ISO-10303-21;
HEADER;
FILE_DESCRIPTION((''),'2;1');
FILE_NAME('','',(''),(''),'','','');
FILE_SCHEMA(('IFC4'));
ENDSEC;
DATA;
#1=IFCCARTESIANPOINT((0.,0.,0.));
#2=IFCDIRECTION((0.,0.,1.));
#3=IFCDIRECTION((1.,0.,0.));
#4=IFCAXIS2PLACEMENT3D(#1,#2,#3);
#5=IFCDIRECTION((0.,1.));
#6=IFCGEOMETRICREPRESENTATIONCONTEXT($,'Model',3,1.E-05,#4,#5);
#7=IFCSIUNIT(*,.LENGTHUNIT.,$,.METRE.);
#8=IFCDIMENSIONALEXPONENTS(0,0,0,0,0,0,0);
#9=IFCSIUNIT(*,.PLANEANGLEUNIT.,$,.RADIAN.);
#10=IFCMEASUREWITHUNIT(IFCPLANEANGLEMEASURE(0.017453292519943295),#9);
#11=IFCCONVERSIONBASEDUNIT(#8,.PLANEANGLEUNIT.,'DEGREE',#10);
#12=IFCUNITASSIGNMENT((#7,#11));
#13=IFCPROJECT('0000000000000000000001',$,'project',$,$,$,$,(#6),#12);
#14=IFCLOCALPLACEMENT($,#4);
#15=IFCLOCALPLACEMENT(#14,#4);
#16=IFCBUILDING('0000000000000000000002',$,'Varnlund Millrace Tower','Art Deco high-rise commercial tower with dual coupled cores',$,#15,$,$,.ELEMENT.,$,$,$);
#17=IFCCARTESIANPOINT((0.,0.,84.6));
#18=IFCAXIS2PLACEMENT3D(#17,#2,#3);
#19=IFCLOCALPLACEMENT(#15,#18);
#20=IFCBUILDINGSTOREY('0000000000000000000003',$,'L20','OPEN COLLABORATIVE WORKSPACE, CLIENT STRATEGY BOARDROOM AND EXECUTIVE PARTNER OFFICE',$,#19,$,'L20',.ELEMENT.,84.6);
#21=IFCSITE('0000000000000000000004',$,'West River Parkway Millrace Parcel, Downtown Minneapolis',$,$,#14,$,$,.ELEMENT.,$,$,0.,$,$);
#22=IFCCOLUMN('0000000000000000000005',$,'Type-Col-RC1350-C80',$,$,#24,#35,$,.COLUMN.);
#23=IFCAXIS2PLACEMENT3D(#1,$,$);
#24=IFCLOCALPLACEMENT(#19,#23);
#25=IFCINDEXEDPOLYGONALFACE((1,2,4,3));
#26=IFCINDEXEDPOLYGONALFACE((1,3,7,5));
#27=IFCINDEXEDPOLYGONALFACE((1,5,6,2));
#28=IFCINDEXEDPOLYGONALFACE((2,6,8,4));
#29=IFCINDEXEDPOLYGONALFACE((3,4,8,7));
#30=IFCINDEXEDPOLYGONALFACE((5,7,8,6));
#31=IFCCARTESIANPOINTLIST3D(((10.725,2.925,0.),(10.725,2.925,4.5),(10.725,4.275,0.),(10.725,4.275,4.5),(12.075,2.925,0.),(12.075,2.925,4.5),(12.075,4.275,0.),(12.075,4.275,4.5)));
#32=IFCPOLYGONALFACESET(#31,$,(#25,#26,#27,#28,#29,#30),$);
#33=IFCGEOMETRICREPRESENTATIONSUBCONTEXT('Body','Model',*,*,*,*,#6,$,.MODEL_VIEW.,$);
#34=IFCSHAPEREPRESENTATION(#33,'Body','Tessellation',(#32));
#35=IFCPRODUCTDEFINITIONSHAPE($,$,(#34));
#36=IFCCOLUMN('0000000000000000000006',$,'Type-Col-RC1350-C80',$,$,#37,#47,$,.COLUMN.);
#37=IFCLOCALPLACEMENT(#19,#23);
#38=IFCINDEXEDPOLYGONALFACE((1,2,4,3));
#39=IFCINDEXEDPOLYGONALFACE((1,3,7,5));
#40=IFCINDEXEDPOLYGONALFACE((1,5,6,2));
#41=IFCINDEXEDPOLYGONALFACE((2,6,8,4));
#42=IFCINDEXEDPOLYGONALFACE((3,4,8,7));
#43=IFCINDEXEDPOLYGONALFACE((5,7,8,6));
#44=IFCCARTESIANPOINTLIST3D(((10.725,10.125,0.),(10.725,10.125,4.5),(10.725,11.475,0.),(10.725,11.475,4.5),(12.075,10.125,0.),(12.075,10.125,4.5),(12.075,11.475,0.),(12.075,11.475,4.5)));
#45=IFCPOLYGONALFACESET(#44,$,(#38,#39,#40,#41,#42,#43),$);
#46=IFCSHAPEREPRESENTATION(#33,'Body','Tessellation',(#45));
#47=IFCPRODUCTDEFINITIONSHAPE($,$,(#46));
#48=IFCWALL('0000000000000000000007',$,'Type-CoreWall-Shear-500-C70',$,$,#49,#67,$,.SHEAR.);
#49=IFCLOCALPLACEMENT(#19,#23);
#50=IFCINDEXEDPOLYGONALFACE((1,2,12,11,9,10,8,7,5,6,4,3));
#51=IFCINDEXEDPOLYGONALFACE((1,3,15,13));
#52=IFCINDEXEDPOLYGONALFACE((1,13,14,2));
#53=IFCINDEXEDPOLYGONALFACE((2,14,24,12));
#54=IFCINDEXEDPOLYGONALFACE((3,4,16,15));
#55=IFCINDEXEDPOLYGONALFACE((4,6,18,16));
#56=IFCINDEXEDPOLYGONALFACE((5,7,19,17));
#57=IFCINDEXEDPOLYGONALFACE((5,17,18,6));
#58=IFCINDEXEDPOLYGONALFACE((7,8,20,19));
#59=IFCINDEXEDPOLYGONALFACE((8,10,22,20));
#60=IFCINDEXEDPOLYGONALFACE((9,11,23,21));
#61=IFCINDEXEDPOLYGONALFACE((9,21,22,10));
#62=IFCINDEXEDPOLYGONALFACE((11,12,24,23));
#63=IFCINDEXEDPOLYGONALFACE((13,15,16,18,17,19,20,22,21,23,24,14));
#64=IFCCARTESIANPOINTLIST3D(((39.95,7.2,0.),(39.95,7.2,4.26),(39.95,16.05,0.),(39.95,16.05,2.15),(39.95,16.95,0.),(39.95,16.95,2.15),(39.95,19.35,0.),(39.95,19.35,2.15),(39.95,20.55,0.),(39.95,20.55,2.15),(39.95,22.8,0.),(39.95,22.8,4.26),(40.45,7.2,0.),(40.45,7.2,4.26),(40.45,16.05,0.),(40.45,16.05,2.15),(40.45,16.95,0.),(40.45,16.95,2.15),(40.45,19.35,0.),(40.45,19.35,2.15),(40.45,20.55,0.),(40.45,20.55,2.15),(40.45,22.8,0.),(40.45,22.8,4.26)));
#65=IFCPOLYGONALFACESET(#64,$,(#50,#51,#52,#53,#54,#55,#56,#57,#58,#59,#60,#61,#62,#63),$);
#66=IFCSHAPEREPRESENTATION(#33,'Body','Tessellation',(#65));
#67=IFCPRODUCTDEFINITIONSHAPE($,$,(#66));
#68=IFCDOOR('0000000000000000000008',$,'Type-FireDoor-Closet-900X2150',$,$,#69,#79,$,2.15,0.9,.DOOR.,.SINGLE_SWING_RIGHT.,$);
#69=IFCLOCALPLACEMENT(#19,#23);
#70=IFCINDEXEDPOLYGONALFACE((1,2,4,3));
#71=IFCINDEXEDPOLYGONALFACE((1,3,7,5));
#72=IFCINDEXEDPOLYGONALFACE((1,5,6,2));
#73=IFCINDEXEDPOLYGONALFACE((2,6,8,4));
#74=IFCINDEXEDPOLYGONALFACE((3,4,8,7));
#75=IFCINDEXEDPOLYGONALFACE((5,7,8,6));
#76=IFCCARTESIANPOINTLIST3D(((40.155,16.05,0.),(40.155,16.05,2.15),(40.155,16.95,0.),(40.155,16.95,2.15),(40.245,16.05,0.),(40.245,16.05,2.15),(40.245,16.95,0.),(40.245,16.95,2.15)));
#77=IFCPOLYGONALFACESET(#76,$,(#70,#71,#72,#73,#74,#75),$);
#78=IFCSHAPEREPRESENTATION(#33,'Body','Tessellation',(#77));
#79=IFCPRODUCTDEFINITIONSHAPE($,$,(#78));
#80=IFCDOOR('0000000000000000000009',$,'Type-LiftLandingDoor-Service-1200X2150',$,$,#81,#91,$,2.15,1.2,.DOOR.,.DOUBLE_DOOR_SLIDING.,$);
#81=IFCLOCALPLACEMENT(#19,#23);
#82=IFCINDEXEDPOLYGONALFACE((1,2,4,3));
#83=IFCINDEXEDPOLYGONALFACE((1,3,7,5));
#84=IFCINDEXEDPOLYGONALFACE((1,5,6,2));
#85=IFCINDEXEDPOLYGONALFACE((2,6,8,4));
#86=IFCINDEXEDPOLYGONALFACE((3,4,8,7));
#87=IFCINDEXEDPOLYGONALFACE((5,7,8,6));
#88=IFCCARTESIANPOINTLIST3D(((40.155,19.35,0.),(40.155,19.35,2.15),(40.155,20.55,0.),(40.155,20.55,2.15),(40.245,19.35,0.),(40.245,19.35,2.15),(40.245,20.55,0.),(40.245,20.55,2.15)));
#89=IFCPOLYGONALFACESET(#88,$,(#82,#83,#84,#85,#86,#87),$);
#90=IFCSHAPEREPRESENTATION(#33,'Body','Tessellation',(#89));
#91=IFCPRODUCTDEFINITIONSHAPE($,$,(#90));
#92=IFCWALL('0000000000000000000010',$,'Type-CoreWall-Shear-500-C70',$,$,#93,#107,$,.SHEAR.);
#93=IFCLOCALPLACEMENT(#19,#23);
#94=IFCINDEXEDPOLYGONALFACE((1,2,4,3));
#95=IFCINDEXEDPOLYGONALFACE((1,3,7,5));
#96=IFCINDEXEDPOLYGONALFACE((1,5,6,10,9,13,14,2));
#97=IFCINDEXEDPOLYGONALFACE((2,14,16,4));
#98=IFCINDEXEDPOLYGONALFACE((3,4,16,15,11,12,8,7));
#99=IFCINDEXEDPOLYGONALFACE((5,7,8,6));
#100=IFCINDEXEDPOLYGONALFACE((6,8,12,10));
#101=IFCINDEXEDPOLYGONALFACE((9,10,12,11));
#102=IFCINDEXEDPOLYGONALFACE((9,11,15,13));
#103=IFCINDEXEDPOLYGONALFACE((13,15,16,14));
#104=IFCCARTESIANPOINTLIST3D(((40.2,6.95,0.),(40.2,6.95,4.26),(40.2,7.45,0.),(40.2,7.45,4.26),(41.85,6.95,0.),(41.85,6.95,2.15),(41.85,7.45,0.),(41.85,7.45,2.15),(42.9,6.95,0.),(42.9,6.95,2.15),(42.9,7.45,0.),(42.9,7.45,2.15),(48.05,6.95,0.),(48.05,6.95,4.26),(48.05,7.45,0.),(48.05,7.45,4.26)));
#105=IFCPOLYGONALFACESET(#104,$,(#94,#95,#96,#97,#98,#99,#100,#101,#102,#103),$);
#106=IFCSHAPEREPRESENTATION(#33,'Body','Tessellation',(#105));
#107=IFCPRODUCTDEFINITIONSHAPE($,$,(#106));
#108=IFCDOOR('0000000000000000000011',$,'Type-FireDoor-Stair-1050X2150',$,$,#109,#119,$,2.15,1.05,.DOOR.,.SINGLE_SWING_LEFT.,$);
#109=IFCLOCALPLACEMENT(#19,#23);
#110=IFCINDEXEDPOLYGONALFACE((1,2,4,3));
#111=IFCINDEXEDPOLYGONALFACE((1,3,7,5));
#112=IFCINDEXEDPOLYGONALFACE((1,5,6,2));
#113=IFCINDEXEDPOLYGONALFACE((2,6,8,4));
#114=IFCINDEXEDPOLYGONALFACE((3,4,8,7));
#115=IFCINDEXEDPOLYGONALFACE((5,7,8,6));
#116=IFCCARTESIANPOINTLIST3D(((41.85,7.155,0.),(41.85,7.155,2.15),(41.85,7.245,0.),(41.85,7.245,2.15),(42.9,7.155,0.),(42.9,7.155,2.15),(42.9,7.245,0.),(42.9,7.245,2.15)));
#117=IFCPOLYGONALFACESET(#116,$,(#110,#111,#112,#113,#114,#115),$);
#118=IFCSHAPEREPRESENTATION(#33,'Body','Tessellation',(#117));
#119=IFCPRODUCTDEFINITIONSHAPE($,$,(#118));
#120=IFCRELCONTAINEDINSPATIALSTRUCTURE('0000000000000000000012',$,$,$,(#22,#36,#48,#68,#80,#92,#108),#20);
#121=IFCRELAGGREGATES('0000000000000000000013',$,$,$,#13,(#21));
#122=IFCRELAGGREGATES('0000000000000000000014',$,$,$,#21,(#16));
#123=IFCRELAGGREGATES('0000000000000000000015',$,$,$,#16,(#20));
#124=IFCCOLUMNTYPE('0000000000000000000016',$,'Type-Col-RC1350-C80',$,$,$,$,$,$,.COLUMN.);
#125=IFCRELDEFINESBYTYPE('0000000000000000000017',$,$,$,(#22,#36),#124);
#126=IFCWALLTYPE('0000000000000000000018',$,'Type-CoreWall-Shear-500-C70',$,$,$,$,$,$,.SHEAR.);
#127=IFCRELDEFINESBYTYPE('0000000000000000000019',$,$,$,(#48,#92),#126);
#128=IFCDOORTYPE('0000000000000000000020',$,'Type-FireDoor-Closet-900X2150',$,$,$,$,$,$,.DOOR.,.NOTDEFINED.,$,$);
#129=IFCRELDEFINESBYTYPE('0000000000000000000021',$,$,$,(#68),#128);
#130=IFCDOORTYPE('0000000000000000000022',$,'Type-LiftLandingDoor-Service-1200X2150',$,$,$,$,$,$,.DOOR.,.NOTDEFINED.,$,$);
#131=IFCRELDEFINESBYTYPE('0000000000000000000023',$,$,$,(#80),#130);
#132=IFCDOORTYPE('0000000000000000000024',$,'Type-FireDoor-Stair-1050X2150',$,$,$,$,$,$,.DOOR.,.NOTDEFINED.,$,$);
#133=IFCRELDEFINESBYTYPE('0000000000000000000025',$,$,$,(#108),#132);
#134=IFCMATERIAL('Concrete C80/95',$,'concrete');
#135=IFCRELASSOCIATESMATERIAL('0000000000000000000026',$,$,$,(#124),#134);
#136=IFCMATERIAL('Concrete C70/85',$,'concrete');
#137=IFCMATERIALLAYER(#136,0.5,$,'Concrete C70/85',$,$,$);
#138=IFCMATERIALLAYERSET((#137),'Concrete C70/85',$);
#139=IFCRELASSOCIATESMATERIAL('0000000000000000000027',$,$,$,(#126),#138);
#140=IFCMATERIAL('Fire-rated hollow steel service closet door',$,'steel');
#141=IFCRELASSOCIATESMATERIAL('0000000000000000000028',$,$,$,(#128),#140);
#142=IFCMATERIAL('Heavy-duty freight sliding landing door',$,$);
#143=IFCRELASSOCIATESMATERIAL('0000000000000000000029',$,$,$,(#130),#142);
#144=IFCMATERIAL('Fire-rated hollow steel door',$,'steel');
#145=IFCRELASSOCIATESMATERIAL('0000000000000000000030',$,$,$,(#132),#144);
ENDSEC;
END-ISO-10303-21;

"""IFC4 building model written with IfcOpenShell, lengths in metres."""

from ifc_helpers import new_model, entity, si_unit, converted_unit, direction, frame, origin_with_axes, origin_2d_with_axis, place, context, subcontext, project, spatial, polyline, rectangle, outline, extrude, material, layer, layer_set, material_profile, profile_set, type_object, element, fill, save


model = new_model("IFC4")

# Units and contexts
model_context = context("Model", 3, precision=1e-05, world=origin_with_axes(), true_north=direction((0.0, 1.0)))
body_context = subcontext(model_context, "Body", "Model", "MODEL_VIEW")
ifc_project = project(units=[si_unit("LENGTHUNIT", "METRE"), converted_unit("PLANEANGLEUNIT", "DEGREE", entity("IfcPlaneAngleMeasure", 0.017453292519943295), si_unit("PLANEANGLEUNIT", "RADIAN"), dimensions=[0, 0, 0, 0, 0, 0, 0])], contexts=[model_context])

# Site, building, storey
site_placement = place(None, origin_with_axes())
site = spatial("IfcSite", under=ifc_project, at=site_placement, Name="West River Parkway Millrace Parcel, Downtown Minneapolis", CompositionType="ELEMENT", RefElevation=0.0)
building_placement = place(site_placement, origin_with_axes())
building = spatial("IfcBuilding", under=site, at=building_placement, Name="Varnlund Millrace Tower", Description="Art Deco high-rise commercial tower with dual coupled cores", CompositionType="ELEMENT")
storey_placement = place(building_placement, frame((0.0, 0.0, 84.6), z_axis=(0.0, 0.0, 1.0), x_axis=(1.0, 0.0, 0.0)))
storey = spatial("IfcBuildingStorey", under=building, at=storey_placement, Name="L20", Description="OPEN COLLABORATIVE WORKSPACE, CLIENT STRATEGY BOARDROOM AND EXECUTIVE PARTNER OFFICE", LongName="L20", CompositionType="ELEMENT", Elevation=84.6)

# Columns
ifc_material_1 = material(Name="Concrete C80/95", Category="concrete")
ifc_material_profile = material_profile(ifc_material_1, rectangle(XDim=1.35, YDim=1.35, at=origin_2d_with_axis()), Name="Concrete C80/95")
ifc_profile_set = profile_set([ifc_material_profile], Name="Concrete C80/95")
column_type = type_object("IfcColumnType", Name="Type-Col-RC1350-C80", PredefinedType="COLUMN", material=ifc_profile_set)
for number, where, z_axis, x_axis, name in (
    (1, (11.4, 3.6, 0.0), (0.0, 0.0, 1.0), (1.0, 0.0, 0.0), "Type-Col-RC1350-C80"),
    (2, (11.4, 10.8, 0.0), (0.0, 0.0, 1.0), (1.0, 0.0, 0.0), "Type-Col-RC1350-C80"),
):
    element("IfcColumn", number, at=place(storey_placement, frame(where, z_axis=z_axis, x_axis=x_axis)), inside=storey, type_object=column_type, Name=name, PredefinedType="COLUMN", context=body_context, shape_type="SweptSolid", body=[
        extrude(rectangle(XDim=1.35, YDim=1.35, at=origin_2d_with_axis()), origin_with_axes(), (0.0, 0.0, 1.0), 4.5),
    ])

# Wall, openings, doors
ifc_material_2 = material(Name="Concrete C70/85", Category="concrete")
ifc_layer_1 = layer(ifc_material_2, 0.5, Name="Concrete C70/85")
ifc_layer_set_1 = layer_set([ifc_layer_1], Name="Concrete C70/85")
wall_type_1 = type_object("IfcWallType", Name="Type-CoreWall-Shear-500-C70", PredefinedType="SHEAR", material=ifc_layer_set_1)
wall_1_placement = place(storey_placement, frame((40.2, 7.2, 0.0), z_axis=(0.0, 0.0, 1.0), x_axis=(0.0, 1.0, 0.0)))
wall_1 = element("IfcWall", 3, at=wall_1_placement, inside=storey, type_object=wall_type_1, Name="Type-CoreWall-Shear-500-C70", PredefinedType="SHEAR", context=body_context, shape_type="SweptSolid", body=[
    extrude(outline(polyline([(0.0, -0.25), (15.6, -0.25), (15.6, 0.25), (0.0, 0.25), (0.0, -0.25)])), origin_with_axes(), (0.0, 0.0, 1.0), 4.26),
])
opening_1_placement = place(wall_1_placement, frame((12.75, 0.0, 0.0), z_axis=(0.0, 0.0, 1.0), x_axis=(1.0, 0.0, 0.0)))
opening_1 = element("IfcOpeningElement", 4, at=opening_1_placement, cuts=wall_1, PredefinedType="OPENING", context=body_context, shape_type="SweptSolid", body=[
    extrude(rectangle(XDim=1.2, YDim=0.52, at=origin_2d_with_axis()), origin_with_axes(), (0.0, 0.0, 1.0), 2.15),
])
opening_2_placement = place(wall_1_placement, frame((9.3, 0.0, 0.0), z_axis=(0.0, 0.0, 1.0), x_axis=(1.0, 0.0, 0.0)))
opening_2 = element("IfcOpeningElement", 5, at=opening_2_placement, cuts=wall_1, PredefinedType="OPENING", context=body_context, shape_type="SweptSolid", body=[
    extrude(rectangle(XDim=0.9, YDim=0.52, at=origin_2d_with_axis()), origin_with_axes(), (0.0, 0.0, 1.0), 2.15),
])
ifc_material_3 = material(Name="Fire-rated hollow steel service closet door", Category="steel")
door_type_1 = type_object("IfcDoorType", Name="Type-FireDoor-Closet-900X2150", OperationType="NOTDEFINED", PredefinedType="DOOR", material=ifc_material_3)
door_1_placement = place(wall_1_placement, frame((9.3, 0.0, 0.0), z_axis=(0.0, 0.0, 1.0), x_axis=(1.0, 0.0, 0.0)))
door_1 = element("IfcDoor", 6, at=door_1_placement, inside=storey, type_object=door_type_1, Name="Type-FireDoor-Closet-900X2150", OperationType="SINGLE_SWING_RIGHT", OverallHeight=2.15, OverallWidth=0.9, PredefinedType="DOOR", context=body_context, shape_type="SweptSolid", body=[
    extrude(rectangle(XDim=0.9, YDim=0.09, at=origin_2d_with_axis()), origin_with_axes(), (0.0, 0.0, 1.0), 2.15),
])
fill(opening_2, door_1)
ifc_material_4 = material(Name="Heavy-duty freight sliding landing door")
door_type_2 = type_object("IfcDoorType", Name="Type-LiftLandingDoor-Service-1200X2150", OperationType="NOTDEFINED", PredefinedType="DOOR", material=ifc_material_4)
door_2_placement = place(wall_1_placement, frame((12.75, 0.0, 0.0), z_axis=(0.0, 0.0, 1.0), x_axis=(1.0, 0.0, 0.0)))
door_2 = element("IfcDoor", 7, at=door_2_placement, inside=storey, type_object=door_type_2, Name="Type-LiftLandingDoor-Service-1200X2150", OperationType="DOUBLE_DOOR_SLIDING", OverallHeight=2.15, OverallWidth=1.2, PredefinedType="DOOR", context=body_context, shape_type="SweptSolid", body=[
    extrude(rectangle(XDim=1.2, YDim=0.09, at=origin_2d_with_axis()), origin_with_axes(), (0.0, 0.0, 1.0), 2.15),
])
fill(opening_1, door_2)

# Wall, opening, door
wall_2_placement = place(storey_placement, frame((40.2, 7.2, 0.0), z_axis=(0.0, 0.0, 1.0), x_axis=(1.0, 0.0, 0.0)))
wall_2 = element("IfcWall", 8, at=wall_2_placement, inside=storey, type_object=wall_type_1, Name="Type-CoreWall-Shear-500-C70", PredefinedType="SHEAR", context=body_context, shape_type="SweptSolid", body=[
    extrude(outline(polyline([(0.0, -0.25), (7.85, -0.25), (7.85, 0.25), (0.0, 0.25), (0.0, -0.25)])), origin_with_axes(), (0.0, 0.0, 1.0), 4.26),
])
opening_3_placement = place(wall_2_placement, frame((2.175, 0.0, 0.0), z_axis=(0.0, 0.0, 1.0), x_axis=(1.0, 0.0, 0.0)))
opening_3 = element("IfcOpeningElement", 9, at=opening_3_placement, cuts=wall_2, PredefinedType="OPENING", context=body_context, shape_type="SweptSolid", body=[
    extrude(rectangle(XDim=1.05, YDim=0.52, at=origin_2d_with_axis()), origin_with_axes(), (0.0, 0.0, 1.0), 2.15),
])
ifc_material_5 = material(Name="Fire-rated hollow steel door", Category="steel")
door_type_3 = type_object("IfcDoorType", Name="Type-FireDoor-Stair-1050X2150", OperationType="NOTDEFINED", PredefinedType="DOOR", material=ifc_material_5)
door_3_placement = place(wall_2_placement, frame((2.175, 0.0, 0.0), z_axis=(0.0, 0.0, 1.0), x_axis=(1.0, 0.0, 0.0)))
door_3 = element("IfcDoor", 10, at=door_3_placement, inside=storey, type_object=door_type_3, Name="Type-FireDoor-Stair-1050X2150", OperationType="SINGLE_SWING_LEFT", OverallHeight=2.15, OverallWidth=1.05, PredefinedType="DOOR", context=body_context, shape_type="SweptSolid", body=[
    extrude(rectangle(XDim=1.05, YDim=0.09, at=origin_2d_with_axis()), origin_with_axes(), (0.0, 0.0, 1.0), 2.15),
])
fill(opening_3, door_3)

save(model, "model.ifc")
